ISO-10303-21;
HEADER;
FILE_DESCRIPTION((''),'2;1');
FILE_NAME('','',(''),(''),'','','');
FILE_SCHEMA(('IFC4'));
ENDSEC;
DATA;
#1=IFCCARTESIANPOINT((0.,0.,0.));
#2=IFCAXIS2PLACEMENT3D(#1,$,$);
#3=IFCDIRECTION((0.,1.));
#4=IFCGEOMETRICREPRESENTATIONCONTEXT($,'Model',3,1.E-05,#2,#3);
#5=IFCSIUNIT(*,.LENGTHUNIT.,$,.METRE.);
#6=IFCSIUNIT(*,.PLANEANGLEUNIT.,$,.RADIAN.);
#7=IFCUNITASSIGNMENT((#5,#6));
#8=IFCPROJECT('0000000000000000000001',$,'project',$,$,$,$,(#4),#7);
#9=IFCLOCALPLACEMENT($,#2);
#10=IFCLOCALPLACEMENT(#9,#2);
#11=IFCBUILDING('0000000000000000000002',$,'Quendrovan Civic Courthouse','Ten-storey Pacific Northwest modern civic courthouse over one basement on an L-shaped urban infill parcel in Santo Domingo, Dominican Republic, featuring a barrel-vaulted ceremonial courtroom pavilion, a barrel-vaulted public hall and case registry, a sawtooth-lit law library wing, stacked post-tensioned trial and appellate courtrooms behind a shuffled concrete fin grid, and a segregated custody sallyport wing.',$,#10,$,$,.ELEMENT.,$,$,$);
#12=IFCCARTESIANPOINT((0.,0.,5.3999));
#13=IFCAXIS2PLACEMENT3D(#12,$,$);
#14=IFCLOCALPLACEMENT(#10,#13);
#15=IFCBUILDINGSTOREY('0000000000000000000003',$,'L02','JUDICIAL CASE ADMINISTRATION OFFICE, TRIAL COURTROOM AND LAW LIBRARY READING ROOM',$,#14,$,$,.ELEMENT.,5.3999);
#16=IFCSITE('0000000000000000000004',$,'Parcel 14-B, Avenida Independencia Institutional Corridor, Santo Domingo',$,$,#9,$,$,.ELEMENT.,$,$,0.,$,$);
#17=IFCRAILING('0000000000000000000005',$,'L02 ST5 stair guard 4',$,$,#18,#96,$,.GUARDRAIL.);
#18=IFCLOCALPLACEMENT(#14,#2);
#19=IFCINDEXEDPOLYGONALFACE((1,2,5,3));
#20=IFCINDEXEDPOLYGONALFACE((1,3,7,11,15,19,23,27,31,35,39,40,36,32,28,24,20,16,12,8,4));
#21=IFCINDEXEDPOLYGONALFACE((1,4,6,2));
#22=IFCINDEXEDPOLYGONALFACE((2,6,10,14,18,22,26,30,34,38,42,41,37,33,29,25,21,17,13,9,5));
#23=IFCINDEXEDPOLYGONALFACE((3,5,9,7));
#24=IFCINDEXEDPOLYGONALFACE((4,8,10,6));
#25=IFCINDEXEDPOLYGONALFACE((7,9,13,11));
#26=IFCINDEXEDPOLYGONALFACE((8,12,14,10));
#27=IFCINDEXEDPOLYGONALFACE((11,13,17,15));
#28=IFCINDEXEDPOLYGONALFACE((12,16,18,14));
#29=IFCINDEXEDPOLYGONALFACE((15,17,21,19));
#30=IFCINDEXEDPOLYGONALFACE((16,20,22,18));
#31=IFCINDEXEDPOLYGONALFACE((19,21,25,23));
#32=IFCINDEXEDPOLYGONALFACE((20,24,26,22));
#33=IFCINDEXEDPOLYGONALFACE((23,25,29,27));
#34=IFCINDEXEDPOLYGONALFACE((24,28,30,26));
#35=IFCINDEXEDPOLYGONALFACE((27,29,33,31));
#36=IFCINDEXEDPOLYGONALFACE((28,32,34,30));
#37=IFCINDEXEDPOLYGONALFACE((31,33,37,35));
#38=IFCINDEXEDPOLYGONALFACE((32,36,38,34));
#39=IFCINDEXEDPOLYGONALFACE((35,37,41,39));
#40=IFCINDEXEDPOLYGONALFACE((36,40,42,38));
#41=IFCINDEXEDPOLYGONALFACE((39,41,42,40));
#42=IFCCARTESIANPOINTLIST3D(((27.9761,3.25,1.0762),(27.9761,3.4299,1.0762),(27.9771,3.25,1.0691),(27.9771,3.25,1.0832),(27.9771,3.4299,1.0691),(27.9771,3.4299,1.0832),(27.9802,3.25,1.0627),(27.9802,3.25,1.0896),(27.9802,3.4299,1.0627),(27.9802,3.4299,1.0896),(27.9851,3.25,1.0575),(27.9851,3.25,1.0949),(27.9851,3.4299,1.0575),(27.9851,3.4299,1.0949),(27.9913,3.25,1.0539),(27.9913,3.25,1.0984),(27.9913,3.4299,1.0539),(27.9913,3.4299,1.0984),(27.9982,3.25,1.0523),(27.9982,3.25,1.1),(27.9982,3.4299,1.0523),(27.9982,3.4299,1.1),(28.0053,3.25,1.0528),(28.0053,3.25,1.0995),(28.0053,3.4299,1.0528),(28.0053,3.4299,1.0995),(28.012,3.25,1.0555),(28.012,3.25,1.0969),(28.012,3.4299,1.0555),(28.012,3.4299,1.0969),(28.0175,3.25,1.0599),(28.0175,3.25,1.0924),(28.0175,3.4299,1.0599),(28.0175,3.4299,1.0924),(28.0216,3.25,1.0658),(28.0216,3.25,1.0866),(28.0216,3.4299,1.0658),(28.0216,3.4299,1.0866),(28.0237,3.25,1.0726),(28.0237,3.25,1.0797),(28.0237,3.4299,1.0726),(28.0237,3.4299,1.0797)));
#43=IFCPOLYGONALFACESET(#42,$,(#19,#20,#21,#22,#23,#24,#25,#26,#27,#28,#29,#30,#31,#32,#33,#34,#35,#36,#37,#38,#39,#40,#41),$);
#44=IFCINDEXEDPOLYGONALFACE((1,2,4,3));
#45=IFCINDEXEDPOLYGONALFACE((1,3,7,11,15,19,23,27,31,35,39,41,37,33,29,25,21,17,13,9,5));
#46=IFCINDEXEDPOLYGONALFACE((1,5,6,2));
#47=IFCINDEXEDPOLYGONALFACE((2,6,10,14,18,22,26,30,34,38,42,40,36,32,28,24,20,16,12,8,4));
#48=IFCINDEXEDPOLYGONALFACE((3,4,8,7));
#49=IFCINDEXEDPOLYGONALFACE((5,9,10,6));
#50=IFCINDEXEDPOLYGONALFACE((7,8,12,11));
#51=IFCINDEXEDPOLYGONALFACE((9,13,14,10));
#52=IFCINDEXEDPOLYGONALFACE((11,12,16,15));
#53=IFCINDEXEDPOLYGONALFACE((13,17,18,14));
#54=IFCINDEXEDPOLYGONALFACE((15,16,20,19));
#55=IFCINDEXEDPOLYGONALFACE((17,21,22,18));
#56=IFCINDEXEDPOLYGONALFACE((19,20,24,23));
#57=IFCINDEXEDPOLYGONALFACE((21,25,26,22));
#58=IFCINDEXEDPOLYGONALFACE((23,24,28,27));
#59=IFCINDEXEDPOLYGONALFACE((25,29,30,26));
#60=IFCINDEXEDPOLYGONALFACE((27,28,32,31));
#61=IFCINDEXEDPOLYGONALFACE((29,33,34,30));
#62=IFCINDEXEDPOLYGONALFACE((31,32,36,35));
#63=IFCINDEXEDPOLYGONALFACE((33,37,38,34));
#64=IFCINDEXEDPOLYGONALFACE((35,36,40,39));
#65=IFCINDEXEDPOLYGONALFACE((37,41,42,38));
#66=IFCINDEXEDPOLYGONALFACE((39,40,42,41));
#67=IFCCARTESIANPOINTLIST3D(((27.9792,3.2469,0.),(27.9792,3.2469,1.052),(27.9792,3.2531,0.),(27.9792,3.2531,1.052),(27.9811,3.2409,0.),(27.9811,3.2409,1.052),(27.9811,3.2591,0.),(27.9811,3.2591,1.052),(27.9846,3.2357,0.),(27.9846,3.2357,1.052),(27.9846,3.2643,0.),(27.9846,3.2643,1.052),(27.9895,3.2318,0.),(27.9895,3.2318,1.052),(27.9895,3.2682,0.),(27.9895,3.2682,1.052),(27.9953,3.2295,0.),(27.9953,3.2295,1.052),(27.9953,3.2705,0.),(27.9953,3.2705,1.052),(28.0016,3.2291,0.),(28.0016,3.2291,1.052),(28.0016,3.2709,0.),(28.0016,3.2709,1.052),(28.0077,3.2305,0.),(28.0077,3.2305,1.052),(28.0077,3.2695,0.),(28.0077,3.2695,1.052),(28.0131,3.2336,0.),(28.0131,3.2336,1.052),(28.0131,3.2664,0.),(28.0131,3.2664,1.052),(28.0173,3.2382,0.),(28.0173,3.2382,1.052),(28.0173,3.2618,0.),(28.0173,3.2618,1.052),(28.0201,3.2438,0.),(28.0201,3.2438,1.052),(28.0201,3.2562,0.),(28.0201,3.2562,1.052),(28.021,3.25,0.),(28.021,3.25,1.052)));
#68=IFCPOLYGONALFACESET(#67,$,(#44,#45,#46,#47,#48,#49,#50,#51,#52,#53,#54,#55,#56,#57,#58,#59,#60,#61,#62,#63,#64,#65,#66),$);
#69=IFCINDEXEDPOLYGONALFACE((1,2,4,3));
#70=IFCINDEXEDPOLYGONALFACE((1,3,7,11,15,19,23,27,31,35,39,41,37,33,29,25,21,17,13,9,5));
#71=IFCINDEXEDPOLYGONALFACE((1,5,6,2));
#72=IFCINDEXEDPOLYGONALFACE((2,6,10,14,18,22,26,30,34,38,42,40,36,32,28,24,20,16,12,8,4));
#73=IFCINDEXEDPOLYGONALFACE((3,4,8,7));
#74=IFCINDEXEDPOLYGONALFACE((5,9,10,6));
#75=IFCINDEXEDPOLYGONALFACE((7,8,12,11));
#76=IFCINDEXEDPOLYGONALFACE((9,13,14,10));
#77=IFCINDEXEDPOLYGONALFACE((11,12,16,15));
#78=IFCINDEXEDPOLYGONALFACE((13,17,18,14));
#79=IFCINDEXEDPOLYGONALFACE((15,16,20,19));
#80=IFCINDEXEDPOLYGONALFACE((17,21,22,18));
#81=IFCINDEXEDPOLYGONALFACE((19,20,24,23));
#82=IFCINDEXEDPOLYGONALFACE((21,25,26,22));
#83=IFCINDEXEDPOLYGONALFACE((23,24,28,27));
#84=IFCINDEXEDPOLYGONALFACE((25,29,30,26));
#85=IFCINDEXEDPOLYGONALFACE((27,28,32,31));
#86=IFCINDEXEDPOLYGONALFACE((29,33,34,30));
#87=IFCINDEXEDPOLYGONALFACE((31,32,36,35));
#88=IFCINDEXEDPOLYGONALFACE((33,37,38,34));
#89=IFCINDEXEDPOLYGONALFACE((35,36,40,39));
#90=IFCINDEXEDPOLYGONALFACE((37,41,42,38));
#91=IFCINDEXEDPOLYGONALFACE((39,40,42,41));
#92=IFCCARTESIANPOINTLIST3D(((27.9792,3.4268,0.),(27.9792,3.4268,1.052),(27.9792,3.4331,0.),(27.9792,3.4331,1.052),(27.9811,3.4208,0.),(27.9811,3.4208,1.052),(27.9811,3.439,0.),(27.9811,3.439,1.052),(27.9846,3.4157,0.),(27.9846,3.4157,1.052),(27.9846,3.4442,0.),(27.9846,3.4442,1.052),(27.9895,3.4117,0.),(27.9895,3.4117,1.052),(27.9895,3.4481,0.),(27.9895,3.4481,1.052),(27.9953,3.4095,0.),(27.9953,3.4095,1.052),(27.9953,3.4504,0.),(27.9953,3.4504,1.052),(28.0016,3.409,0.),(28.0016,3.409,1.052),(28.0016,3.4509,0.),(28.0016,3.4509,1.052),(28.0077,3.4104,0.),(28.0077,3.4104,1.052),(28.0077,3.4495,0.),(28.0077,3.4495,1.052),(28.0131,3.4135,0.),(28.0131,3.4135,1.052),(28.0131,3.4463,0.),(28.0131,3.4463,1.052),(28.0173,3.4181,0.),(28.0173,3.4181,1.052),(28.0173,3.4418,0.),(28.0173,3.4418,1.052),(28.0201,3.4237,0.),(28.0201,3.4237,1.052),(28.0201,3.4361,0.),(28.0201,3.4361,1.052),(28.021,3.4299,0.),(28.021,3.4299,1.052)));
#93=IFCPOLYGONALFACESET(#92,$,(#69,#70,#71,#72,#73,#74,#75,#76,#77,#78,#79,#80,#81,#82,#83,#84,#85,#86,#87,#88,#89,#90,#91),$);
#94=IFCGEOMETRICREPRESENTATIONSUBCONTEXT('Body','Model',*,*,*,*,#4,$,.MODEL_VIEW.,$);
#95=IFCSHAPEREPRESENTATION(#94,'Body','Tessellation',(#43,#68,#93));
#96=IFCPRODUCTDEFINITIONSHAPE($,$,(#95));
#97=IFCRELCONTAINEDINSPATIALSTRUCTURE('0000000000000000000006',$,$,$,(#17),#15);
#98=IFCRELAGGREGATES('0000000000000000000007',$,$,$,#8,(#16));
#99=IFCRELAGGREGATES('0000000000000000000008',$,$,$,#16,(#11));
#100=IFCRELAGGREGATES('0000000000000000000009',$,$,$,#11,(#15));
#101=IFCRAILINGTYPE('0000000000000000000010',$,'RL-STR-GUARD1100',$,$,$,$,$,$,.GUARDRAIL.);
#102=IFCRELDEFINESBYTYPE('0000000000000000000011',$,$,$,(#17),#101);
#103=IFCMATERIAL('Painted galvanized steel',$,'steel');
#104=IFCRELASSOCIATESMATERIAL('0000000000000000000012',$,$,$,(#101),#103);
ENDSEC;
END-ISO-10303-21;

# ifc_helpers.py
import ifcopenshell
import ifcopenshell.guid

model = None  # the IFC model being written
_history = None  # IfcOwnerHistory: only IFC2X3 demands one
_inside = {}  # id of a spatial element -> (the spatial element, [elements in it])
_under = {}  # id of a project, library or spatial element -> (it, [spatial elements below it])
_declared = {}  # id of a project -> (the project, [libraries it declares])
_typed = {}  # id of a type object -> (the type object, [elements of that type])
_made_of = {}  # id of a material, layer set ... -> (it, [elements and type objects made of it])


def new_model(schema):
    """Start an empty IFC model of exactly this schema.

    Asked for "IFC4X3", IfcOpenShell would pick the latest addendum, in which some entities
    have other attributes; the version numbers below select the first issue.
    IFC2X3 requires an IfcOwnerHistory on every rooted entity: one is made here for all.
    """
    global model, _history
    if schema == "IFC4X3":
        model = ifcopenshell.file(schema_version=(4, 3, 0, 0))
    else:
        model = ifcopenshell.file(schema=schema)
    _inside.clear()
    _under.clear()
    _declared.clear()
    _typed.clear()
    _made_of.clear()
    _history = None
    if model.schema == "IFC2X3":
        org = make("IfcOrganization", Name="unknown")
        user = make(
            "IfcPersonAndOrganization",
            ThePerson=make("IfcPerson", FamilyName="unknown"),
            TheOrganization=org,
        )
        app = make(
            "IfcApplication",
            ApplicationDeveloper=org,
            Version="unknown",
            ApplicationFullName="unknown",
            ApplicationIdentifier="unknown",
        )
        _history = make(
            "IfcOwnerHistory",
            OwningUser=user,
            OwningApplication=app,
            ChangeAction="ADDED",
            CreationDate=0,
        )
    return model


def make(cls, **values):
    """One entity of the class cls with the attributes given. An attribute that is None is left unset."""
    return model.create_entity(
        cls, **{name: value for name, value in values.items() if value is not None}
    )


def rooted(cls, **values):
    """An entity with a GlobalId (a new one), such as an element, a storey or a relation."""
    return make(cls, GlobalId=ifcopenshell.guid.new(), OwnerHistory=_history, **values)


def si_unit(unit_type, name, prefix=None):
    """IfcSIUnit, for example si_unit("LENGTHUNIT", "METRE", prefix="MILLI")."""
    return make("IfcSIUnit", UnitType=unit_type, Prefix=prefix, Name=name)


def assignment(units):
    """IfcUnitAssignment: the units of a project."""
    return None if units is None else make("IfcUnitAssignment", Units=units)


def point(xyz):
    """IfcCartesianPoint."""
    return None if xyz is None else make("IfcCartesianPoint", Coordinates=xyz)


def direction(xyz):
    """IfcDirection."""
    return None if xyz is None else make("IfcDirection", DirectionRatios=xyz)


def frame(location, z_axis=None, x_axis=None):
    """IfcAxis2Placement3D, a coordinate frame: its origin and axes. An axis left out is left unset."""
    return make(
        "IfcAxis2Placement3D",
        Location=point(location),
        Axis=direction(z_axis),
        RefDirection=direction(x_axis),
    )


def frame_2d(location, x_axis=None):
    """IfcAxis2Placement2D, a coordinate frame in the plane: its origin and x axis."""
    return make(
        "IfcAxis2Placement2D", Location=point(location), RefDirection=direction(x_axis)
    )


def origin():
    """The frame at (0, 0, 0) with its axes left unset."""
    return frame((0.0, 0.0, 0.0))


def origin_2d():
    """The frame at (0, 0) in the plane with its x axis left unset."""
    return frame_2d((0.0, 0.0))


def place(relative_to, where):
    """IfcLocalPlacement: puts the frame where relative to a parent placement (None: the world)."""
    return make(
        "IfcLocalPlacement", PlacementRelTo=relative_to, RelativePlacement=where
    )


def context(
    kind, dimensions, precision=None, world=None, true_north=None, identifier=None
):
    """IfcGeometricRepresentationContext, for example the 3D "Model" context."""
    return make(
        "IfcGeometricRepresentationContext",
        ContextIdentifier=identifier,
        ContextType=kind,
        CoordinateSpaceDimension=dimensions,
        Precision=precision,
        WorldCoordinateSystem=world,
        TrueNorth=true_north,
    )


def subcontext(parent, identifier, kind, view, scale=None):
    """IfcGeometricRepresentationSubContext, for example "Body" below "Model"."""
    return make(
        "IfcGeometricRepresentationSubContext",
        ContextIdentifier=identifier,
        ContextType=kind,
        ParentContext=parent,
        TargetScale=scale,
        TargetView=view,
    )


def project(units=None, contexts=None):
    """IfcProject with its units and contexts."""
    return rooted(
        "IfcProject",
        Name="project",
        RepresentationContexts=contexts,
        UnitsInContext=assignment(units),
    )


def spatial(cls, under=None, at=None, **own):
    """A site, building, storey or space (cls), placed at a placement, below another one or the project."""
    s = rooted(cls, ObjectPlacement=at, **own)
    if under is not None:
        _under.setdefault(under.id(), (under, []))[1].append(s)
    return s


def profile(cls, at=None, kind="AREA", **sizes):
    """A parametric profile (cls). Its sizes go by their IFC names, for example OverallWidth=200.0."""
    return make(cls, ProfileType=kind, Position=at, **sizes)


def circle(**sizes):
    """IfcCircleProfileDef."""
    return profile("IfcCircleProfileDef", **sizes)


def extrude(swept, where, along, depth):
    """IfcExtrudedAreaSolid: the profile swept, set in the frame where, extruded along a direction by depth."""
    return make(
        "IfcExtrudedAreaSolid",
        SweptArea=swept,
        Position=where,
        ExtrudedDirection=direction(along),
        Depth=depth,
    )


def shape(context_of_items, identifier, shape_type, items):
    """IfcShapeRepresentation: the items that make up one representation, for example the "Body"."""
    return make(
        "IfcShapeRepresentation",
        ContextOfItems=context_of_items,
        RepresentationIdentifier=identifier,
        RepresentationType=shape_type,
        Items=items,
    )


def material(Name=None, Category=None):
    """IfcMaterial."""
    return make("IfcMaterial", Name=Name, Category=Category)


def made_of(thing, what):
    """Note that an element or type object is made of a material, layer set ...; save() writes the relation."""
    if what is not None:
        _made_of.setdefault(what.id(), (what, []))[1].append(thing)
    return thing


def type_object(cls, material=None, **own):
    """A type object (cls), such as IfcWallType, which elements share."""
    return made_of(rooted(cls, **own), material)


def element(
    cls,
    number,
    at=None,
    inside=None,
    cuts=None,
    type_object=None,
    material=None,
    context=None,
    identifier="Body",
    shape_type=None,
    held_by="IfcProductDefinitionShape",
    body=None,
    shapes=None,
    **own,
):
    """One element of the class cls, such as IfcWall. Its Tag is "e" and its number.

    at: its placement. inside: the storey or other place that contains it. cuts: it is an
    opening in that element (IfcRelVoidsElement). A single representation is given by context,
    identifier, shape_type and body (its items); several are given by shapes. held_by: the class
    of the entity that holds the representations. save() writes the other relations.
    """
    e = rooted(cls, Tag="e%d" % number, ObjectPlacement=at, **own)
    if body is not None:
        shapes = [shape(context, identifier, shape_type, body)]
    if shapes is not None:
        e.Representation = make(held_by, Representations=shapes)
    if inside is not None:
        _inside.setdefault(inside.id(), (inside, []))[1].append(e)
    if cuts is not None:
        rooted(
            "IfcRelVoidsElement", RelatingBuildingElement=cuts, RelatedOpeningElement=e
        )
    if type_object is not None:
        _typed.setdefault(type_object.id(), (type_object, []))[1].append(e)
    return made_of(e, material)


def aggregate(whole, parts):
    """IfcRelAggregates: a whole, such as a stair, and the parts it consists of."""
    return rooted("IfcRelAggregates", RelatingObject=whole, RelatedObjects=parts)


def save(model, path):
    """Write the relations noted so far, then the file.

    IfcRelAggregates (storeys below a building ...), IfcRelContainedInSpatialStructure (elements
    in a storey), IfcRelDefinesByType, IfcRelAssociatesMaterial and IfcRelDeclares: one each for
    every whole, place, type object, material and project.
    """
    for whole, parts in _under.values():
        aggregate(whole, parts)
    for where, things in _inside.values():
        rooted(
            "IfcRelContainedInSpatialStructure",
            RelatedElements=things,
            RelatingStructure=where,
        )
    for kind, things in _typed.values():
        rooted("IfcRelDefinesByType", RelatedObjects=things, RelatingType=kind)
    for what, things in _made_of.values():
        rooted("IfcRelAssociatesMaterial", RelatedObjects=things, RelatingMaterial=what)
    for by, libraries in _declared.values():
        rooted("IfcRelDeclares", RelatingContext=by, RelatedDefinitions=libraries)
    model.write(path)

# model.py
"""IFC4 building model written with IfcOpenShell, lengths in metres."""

from ifc_helpers import new_model, si_unit, direction, frame, origin, origin_2d, place, context, subcontext, project, spatial, circle, extrude, material, type_object, element, save


model = new_model("IFC4")

# Units and contexts
model_context = context("Model", 3, precision=1e-05, world=origin(), true_north=direction((0.0, 1.0)))
body_context = subcontext(model_context, "Body", "Model", "MODEL_VIEW")
ifc_project = project(units=[si_unit("LENGTHUNIT", "METRE"), si_unit("PLANEANGLEUNIT", "RADIAN")], contexts=[model_context])

# Site, building, storey
site_placement = place(None, origin())
site = spatial("IfcSite", under=ifc_project, at=site_placement, Name="Parcel 14-B, Avenida Independencia Institutional Corridor, Santo Domingo", CompositionType="ELEMENT", RefElevation=0.0)
building_placement = place(site_placement, origin())
building = spatial("IfcBuilding", under=site, at=building_placement, Name="Quendrovan Civic Courthouse", Description="Ten-storey Pacific Northwest modern civic courthouse over one basement on an L-shaped urban infill parcel in Santo Domingo, Dominican Republic, featuring a barrel-vaulted ceremonial courtroom pavilion, a barrel-vaulted public hall and case registry, a sawtooth-lit law library wing, stacked post-tensioned trial and appellate courtrooms behind a shuffled concrete fin grid, and a segregated custody sallyport wing.", CompositionType="ELEMENT")
storey_placement = place(building_placement, frame((0.0, 0.0, 5.3999)))
storey = spatial("IfcBuildingStorey", under=building, at=storey_placement, Name="L02", Description="JUDICIAL CASE ADMINISTRATION OFFICE, TRIAL COURTROOM AND LAW LIBRARY READING ROOM", CompositionType="ELEMENT", Elevation=5.3999)

# Railing
ifc_material_1 = material(Name="Painted galvanized steel", Category="steel")
railing_type_1 = type_object("IfcRailingType", Name="RL-STR-GUARD1100", PredefinedType="GUARDRAIL", material=ifc_material_1)
railing_1_placement = place(storey_placement, frame((28.0, 3.25, 0.0)))
element("IfcRailing", 1, at=railing_1_placement, inside=storey, type_object=railing_type_1, Name="L02 ST5 stair guard 4", PredefinedType="GUARDRAIL", context=body_context, shape_type="SweptSolid", body=[
    extrude(circle(Radius=0.0239, at=origin_2d()), frame((0.0, 0.0, 1.0762), z_axis=(0.0, 1.0, 0.0), x_axis=(-1.0, 0.0, 0.0)), (0.0, 0.0, 1.0), 0.1799),
    extrude(circle(Radius=0.021, at=origin_2d()), origin(), (0.0, 0.0, 1.0), 1.052),
    extrude(circle(Radius=0.021, at=origin_2d()), frame((0.0, 0.1799, 0.0)), (0.0, 0.0, 1.0), 1.052),
])

save(model, "model.ifc")
